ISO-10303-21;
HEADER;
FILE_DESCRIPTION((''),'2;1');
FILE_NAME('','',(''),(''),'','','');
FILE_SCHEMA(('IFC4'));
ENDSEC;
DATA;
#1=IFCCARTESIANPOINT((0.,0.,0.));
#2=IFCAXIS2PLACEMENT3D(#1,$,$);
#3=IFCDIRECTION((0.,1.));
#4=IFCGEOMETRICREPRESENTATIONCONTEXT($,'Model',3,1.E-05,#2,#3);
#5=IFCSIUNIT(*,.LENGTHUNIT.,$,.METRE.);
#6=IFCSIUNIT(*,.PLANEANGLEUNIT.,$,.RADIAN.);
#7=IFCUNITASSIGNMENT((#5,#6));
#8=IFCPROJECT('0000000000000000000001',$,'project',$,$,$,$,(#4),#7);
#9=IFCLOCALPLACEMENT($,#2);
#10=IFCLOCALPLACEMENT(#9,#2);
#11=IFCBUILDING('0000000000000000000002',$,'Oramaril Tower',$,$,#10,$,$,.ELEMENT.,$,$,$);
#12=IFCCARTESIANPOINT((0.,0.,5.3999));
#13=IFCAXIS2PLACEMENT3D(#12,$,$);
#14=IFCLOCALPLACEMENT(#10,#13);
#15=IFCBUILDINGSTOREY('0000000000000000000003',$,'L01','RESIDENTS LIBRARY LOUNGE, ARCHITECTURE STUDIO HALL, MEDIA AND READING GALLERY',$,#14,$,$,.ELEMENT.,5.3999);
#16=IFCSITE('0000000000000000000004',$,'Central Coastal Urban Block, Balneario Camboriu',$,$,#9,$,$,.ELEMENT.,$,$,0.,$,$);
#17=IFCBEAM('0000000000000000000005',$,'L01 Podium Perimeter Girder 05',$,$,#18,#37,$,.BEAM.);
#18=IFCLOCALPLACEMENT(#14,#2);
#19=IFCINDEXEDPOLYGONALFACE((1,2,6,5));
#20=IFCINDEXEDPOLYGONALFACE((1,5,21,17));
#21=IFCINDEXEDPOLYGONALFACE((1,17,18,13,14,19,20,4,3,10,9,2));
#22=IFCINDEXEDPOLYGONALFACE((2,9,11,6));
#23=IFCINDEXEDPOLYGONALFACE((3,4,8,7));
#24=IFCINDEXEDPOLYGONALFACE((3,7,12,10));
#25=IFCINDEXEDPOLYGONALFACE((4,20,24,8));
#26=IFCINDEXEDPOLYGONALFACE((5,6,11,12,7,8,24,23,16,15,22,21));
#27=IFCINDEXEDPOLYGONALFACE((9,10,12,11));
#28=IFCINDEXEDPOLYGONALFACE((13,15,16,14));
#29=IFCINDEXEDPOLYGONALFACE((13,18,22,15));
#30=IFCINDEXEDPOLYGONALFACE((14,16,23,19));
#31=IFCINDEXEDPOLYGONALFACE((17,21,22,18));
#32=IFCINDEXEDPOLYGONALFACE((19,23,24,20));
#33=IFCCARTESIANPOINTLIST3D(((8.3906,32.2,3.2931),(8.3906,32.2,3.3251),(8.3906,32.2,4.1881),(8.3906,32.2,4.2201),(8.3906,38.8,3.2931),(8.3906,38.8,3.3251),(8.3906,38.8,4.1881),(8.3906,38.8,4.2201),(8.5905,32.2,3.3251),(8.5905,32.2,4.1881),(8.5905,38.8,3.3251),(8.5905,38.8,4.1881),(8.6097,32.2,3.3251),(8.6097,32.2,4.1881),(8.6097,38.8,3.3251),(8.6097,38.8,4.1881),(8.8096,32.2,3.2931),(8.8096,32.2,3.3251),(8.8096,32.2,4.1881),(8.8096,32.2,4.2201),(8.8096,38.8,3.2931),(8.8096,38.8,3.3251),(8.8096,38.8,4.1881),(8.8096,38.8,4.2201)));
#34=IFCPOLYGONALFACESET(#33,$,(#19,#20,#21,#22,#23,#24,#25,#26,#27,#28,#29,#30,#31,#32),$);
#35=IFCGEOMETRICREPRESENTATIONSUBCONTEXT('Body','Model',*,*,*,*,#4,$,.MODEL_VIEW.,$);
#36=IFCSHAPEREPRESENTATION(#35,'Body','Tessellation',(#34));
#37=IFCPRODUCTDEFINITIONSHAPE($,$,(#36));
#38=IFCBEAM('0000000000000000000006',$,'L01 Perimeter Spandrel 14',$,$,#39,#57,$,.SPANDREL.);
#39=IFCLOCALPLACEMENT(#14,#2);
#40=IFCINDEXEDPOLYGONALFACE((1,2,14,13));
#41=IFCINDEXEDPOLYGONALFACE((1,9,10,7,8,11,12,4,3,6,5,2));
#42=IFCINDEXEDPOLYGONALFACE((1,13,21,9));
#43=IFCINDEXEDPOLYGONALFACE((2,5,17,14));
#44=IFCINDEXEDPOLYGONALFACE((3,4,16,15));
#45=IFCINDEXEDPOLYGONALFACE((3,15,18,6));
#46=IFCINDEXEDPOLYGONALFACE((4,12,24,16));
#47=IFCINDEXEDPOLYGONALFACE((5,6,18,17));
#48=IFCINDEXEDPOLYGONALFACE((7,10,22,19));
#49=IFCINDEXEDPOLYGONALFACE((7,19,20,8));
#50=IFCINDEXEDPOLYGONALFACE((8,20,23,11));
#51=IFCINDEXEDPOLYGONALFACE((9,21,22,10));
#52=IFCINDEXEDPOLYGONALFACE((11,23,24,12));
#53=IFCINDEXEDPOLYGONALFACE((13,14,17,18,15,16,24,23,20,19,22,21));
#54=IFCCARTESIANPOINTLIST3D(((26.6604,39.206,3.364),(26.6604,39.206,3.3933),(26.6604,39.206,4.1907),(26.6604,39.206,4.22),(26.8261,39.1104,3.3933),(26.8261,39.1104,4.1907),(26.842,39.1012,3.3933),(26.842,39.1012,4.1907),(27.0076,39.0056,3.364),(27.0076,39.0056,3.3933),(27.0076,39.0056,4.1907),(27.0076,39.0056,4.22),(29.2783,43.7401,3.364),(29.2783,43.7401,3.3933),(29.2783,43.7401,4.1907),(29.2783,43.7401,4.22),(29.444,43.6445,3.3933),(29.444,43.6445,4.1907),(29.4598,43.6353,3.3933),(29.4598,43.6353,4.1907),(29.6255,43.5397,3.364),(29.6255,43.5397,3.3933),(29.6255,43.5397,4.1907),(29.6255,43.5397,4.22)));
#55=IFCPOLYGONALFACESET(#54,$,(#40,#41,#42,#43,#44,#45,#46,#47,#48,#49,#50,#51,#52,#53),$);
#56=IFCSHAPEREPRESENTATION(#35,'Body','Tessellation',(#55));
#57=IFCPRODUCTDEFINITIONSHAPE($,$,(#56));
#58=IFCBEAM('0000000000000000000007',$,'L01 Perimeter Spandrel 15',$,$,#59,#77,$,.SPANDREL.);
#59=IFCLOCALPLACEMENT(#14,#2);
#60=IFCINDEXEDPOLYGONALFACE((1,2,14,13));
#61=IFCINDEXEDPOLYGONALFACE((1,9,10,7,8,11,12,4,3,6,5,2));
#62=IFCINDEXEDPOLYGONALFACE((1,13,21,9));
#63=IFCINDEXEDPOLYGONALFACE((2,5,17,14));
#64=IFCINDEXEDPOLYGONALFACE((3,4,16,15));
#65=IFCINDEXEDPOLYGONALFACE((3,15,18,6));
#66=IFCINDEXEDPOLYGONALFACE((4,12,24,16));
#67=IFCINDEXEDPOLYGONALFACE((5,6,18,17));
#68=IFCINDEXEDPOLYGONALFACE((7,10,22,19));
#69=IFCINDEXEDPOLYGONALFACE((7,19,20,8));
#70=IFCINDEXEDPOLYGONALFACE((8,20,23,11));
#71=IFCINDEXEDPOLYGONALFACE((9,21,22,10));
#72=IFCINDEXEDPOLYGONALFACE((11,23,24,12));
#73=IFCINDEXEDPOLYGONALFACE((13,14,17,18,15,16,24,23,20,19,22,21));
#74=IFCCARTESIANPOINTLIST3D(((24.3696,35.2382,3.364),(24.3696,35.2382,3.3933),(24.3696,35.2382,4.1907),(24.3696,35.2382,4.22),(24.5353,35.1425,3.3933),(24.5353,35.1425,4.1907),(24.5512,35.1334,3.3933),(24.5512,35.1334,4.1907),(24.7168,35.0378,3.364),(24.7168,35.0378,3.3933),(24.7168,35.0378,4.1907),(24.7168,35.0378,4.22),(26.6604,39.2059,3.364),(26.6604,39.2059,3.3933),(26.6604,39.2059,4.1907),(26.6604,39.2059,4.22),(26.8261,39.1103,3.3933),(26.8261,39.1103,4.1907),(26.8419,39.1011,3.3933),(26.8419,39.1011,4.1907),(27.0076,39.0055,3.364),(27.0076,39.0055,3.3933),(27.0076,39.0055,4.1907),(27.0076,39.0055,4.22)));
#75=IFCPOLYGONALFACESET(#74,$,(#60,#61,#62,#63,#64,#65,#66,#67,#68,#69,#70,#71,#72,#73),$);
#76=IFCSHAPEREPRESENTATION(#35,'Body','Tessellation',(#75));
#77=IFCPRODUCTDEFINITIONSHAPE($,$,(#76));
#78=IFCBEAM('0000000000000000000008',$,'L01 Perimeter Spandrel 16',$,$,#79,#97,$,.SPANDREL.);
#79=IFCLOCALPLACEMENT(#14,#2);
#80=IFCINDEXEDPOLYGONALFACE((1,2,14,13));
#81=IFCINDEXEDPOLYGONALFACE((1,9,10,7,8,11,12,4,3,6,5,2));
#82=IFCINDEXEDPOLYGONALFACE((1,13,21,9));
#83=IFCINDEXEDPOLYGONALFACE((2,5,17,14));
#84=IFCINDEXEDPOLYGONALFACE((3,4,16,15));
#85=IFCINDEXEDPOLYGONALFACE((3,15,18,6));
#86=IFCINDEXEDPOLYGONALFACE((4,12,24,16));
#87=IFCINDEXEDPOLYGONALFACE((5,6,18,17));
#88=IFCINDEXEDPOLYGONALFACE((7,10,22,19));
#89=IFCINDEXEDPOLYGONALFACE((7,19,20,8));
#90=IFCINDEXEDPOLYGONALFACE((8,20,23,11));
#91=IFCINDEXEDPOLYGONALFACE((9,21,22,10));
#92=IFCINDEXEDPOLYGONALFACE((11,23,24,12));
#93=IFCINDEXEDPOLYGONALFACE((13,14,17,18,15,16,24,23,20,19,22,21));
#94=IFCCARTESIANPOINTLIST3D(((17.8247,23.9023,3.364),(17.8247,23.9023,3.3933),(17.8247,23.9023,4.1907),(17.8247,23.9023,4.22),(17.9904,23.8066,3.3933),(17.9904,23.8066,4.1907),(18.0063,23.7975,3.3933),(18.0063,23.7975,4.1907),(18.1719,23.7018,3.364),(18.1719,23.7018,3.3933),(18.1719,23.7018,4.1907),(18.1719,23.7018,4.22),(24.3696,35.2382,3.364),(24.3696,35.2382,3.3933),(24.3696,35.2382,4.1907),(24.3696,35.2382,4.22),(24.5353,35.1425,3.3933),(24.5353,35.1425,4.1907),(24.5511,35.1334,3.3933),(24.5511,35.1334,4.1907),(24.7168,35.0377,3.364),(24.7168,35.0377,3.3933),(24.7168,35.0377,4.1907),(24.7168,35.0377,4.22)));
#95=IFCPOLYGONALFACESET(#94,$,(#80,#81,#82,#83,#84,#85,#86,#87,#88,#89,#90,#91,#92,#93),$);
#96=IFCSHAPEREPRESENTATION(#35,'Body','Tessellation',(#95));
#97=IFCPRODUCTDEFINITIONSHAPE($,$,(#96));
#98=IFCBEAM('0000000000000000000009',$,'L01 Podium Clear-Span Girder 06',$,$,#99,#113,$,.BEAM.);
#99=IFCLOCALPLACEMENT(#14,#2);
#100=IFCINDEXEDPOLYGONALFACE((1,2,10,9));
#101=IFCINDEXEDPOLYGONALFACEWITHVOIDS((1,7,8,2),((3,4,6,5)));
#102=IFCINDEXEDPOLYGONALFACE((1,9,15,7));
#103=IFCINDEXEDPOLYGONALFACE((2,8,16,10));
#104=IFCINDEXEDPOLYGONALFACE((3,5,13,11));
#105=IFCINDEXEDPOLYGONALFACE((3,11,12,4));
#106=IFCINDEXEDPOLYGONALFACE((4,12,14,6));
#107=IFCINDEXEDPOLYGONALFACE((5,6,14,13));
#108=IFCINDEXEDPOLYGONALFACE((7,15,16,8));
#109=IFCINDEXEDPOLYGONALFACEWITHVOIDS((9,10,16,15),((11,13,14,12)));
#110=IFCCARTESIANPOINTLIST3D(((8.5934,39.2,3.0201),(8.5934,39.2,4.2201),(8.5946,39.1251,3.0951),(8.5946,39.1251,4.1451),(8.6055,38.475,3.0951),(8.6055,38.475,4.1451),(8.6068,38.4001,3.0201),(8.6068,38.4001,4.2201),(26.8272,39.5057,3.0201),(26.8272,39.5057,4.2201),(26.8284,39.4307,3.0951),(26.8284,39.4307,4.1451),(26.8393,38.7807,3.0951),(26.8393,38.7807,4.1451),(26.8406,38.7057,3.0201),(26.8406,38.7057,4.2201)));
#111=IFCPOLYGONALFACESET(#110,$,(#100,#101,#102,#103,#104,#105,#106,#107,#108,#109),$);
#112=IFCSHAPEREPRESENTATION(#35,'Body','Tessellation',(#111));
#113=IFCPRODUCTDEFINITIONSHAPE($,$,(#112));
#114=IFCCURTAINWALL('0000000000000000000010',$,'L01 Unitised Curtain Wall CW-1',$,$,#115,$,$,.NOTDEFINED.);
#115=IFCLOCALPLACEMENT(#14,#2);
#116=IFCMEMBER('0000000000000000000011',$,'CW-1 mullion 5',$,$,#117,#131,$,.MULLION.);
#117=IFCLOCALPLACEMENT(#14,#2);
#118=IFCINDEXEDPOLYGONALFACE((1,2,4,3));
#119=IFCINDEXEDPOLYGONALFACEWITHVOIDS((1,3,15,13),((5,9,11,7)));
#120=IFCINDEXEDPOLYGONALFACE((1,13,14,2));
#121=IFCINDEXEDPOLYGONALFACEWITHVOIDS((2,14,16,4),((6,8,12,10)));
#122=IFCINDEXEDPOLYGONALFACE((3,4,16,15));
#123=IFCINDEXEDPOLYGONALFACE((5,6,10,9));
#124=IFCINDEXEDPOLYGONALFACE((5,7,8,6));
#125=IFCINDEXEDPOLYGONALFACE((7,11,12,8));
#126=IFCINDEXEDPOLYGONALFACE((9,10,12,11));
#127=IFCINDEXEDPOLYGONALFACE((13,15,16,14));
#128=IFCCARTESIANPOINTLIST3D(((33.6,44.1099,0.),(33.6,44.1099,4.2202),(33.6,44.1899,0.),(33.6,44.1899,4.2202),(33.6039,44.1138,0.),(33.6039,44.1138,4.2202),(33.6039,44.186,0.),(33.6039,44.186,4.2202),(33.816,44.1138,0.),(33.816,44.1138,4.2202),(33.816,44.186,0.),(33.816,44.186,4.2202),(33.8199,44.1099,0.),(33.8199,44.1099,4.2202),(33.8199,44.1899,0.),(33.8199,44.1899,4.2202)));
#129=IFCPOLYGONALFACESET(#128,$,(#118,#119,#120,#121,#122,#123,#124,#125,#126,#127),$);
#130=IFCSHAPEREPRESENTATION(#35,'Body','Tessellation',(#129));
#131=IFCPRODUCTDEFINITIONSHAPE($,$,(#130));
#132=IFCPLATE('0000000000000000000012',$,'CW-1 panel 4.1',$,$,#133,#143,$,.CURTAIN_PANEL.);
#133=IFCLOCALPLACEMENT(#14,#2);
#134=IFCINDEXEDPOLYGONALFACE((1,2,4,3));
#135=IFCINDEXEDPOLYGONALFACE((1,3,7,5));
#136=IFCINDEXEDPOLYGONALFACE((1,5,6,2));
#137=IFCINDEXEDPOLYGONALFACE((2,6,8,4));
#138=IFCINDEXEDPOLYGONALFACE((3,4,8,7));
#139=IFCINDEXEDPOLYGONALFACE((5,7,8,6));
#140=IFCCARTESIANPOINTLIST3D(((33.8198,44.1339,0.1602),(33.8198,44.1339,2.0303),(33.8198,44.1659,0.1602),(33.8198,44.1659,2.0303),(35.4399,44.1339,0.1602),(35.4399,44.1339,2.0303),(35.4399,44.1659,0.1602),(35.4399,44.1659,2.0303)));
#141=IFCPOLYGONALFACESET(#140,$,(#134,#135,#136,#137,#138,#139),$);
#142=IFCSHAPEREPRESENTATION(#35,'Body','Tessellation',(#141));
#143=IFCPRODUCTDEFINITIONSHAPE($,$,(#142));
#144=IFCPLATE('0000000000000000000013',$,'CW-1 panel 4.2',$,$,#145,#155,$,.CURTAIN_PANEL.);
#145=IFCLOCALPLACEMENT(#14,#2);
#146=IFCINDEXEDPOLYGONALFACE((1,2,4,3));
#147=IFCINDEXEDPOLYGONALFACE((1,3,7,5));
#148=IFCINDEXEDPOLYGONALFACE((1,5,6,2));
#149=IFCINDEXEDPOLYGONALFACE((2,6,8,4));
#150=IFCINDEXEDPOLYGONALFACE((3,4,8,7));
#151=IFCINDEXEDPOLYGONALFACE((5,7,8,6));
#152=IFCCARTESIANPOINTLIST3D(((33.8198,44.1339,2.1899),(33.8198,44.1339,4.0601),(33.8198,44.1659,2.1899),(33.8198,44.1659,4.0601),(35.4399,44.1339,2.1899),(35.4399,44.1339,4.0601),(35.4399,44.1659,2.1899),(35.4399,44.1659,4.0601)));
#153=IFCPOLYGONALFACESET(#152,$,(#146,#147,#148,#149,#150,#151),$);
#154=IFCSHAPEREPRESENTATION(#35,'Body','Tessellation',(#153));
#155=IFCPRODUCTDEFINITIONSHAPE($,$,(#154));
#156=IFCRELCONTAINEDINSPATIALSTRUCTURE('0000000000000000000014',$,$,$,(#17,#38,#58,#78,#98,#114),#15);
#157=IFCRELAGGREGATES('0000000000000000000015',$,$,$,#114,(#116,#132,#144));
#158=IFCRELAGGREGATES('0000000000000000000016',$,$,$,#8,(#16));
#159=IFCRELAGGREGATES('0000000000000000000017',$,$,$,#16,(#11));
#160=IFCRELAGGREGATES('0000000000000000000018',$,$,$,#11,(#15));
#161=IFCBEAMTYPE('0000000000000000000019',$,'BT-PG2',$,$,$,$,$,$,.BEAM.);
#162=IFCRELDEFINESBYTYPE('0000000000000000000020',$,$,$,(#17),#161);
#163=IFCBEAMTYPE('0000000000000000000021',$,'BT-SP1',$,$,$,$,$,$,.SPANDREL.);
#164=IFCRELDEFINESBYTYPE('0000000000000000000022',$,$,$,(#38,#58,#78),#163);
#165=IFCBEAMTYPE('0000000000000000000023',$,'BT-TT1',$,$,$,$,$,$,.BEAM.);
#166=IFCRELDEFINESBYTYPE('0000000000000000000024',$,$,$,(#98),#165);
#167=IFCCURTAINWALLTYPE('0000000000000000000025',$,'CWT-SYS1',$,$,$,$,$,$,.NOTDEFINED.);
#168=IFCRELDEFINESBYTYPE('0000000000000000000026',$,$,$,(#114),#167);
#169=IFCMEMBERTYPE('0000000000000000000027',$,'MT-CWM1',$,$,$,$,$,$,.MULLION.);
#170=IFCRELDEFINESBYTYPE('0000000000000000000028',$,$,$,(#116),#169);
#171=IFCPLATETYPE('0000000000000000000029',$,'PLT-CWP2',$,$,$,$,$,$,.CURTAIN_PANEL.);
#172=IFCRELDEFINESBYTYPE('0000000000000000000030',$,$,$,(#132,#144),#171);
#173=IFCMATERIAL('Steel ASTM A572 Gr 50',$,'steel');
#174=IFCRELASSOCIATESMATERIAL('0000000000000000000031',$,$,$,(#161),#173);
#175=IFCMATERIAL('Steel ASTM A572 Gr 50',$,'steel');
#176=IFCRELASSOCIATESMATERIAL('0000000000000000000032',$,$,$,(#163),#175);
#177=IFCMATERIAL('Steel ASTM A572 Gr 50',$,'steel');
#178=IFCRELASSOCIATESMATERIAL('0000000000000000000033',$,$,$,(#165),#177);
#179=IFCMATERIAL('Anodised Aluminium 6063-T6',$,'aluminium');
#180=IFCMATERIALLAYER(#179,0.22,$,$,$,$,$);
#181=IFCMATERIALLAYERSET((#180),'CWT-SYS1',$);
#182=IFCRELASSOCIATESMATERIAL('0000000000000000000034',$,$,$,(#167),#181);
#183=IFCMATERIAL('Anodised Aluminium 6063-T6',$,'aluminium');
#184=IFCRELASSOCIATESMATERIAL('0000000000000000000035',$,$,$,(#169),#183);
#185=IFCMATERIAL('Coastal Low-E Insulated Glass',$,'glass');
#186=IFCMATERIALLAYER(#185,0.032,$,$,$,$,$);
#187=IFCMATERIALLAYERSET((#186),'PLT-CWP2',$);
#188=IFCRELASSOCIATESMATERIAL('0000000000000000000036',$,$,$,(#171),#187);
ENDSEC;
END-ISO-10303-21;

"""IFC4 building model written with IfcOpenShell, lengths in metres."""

from ifc_helpers import new_model, si_unit, direction, frame, origin, origin_2d, place, context, subcontext, project, spatial, rectangle, hollow_rectangle, i_section, extrude, material, layer, layer_set, material_profile, profile_set, type_object, element, aggregate, save


model = new_model("IFC4")

# Units and contexts
model_context = context("Model", 3, precision=1e-05, world=origin(), true_north=direction((0.0, 1.0)))
body_context = subcontext(model_context, "Body", "Model", "MODEL_VIEW")
ifc_project = project(units=[si_unit("LENGTHUNIT", "METRE"), si_unit("PLANEANGLEUNIT", "RADIAN")], contexts=[model_context])

# Site, building, storey
site_placement = place(None, origin())
site = spatial("IfcSite", under=ifc_project, at=site_placement, Name="Central Coastal Urban Block, Balneario Camboriu", CompositionType="ELEMENT", RefElevation=0.0)
building_placement = place(site_placement, origin())
building = spatial("IfcBuilding", under=site, at=building_placement, Name="Oramaril Tower", CompositionType="ELEMENT")
storey_placement = place(building_placement, frame((0.0, 0.0, 5.3999)))
storey = spatial("IfcBuildingStorey", under=building, at=storey_placement, Name="L01", Description="RESIDENTS LIBRARY LOUNGE, ARCHITECTURE STUDIO HALL, MEDIA AND READING GALLERY", CompositionType="ELEMENT", Elevation=5.3999)

# Beams
ifc_material_1 = material(Name="Steel ASTM A572 Gr 50", Category="steel")
ifc_material_profile_1 = material_profile(ifc_material_1, i_section(OverallWidth=0.4189, OverallDepth=0.927, WebThickness=0.0193, FlangeThickness=0.032, at=origin_2d()), Name="W36X231")
ifc_profile_set_1 = profile_set([ifc_material_profile_1], Name="Steel ASTM A572 Gr 50")
beam_type_1 = type_object("IfcBeamType", Name="BT-PG2", PredefinedType="BEAM", material=ifc_profile_set_1)
beam_1_placement = place(storey_placement, frame((8.6001, 32.2, 3.7566), z_axis=(0.0, 1.0, 0.0), x_axis=(-1.0, 0.0, 0.0)))
element("IfcBeam", 1, at=beam_1_placement, inside=storey, type_object=beam_type_1, Name="L01 Podium Perimeter Girder 05", PredefinedType="BEAM", context=body_context, shape_type="SweptSolid", body=[
    extrude(i_section(OverallWidth=0.4189, OverallDepth=0.927, WebThickness=0.0193, FlangeThickness=0.032, at=origin_2d()), origin(), (0.0, 0.0, 1.0), 6.6001),
])
ifc_material_2 = material(Name="Steel ASTM A572 Gr 50", Category="steel")
ifc_material_profile_2 = material_profile(ifc_material_2, i_section(OverallWidth=0.4009, OverallDepth=0.856, WebThickness=0.0183, FlangeThickness=0.0293, at=origin_2d()), Name="W33X201")
ifc_profile_set_2 = profile_set([ifc_material_profile_2], Name="Steel ASTM A572 Gr 50")
beam_type_2 = type_object("IfcBeamType", Name="BT-SP1", PredefinedType="SPANDREL", material=ifc_profile_set_2)
beam_2_placement = place(storey_placement, frame((29.4519, 43.6399, 3.792), z_axis=(-0.500016, -0.866016, 0.0), x_axis=(0.866016, -0.500016, 0.0)))
element("IfcBeam", 2, at=beam_2_placement, inside=storey, type_object=beam_type_2, Name="L01 Perimeter Spandrel 14", PredefinedType="SPANDREL", context=body_context, shape_type="SweptSolid", body=[
    extrude(i_section(OverallWidth=0.4009, OverallDepth=0.856, WebThickness=0.0183, FlangeThickness=0.0293, at=origin_2d()), origin(), (0.0, 0.0, 1.0), 5.2356),
])
beam_3_placement = place(storey_placement, frame((26.834, 39.1057, 3.792), z_axis=(-0.499996, -0.866028, 0.0), x_axis=(0.866028, -0.499996, 0.0)))
element("IfcBeam", 3, at=beam_3_placement, inside=storey, type_object=beam_type_2, Name="L01 Perimeter Spandrel 15", PredefinedType="SPANDREL", context=body_context, shape_type="SweptSolid", body=[
    extrude(i_section(OverallWidth=0.4009, OverallDepth=0.856, WebThickness=0.0183, FlangeThickness=0.0293, at=origin_2d()), origin(), (0.0, 0.0, 1.0), 4.5815),
])
beam_4_placement = place(storey_placement, frame((24.5432, 35.1379, 3.792), z_axis=(-0.500007, -0.866022, 0.0), x_axis=(0.866022, -0.500007, 0.0)))
element("IfcBeam", 4, at=beam_4_placement, inside=storey, type_object=beam_type_2, Name="L01 Perimeter Spandrel 16", PredefinedType="SPANDREL", context=body_context, shape_type="SweptSolid", body=[
    extrude(i_section(OverallWidth=0.4009, OverallDepth=0.856, WebThickness=0.0183, FlangeThickness=0.0293, at=origin_2d()), origin(), (0.0, 0.0, 1.0), 13.0896),
])
ifc_material_3 = material(Name="Steel ASTM A572 Gr 50", Category="steel")
ifc_material_profile_3 = material_profile(ifc_material_3, hollow_rectangle(XDim=0.8, YDim=1.2, WallThickness=0.075, at=origin_2d()), Name="BOX1200X800X75")
ifc_profile_set_3 = profile_set([ifc_material_profile_3], Name="Steel ASTM A572 Gr 50")
beam_type_3 = type_object("IfcBeamType", Name="BT-TT1", PredefinedType="BEAM", material=ifc_profile_set_3)
beam_5_placement = place(storey_placement, frame((8.6001, 38.8, 3.6201), z_axis=(0.99986, 0.016761, 0.0), x_axis=(-0.016761, 0.99986, 0.0)))
element("IfcBeam", 5, at=beam_5_placement, inside=storey, type_object=beam_type_3, Name="L01 Podium Clear-Span Girder 06", PredefinedType="BEAM", context=body_context, shape_type="SweptSolid", body=[
    extrude(hollow_rectangle(XDim=0.8, YDim=1.2, WallThickness=0.075, at=origin_2d()), origin(), (0.0, 0.0, 1.0), 18.2363),
])

# Curtain wall, member, plates
ifc_material_4 = material(Name="Anodised Aluminium 6063-T6", Category="aluminium")
ifc_layer_1 = layer(ifc_material_4, 0.22)
ifc_layer_set_1 = layer_set([ifc_layer_1], Name="CWT-SYS1")
curtain_wall_type = type_object("IfcCurtainWallType", Name="CWT-SYS1", PredefinedType="NOTDEFINED", material=ifc_layer_set_1)
curtain_wall_placement = place(storey_placement, origin())
curtain_wall = element("IfcCurtainWall", 6, at=curtain_wall_placement, inside=storey, type_object=curtain_wall_type, Name="L01 Unitised Curtain Wall CW-1", PredefinedType="NOTDEFINED")
ifc_material_5 = material(Name="Anodised Aluminium 6063-T6", Category="aluminium")
ifc_material_profile_4 = material_profile(ifc_material_5, hollow_rectangle(XDim=0.0801, YDim=0.22, WallThickness=0.0039, at=origin_2d()), Name="CWM220X80")
ifc_profile_set_4 = profile_set([ifc_material_profile_4], Name="Anodised Aluminium 6063-T6")
member_type = type_object("IfcMemberType", Name="MT-CWM1", PredefinedType="MULLION", material=ifc_profile_set_4)
member_placement = place(storey_placement, frame((33.71, 44.1499, 0.0), z_axis=(0.0, 0.0, 1.0), x_axis=(0.0, -1.0, 0.0)))
member = element("IfcMember", 7, at=member_placement, type_object=member_type, Name="CW-1 mullion 5", PredefinedType="MULLION", context=body_context, shape_type="SweptSolid", body=[
    extrude(hollow_rectangle(XDim=0.0801, YDim=0.22, WallThickness=0.0039, at=origin_2d()), origin(), (0.0, 0.0, 1.0), 4.2202),
])
ifc_material_6 = material(Name="Coastal Low-E Insulated Glass", Category="glass")
ifc_layer_2 = layer(ifc_material_6, 0.032)
ifc_layer_set_2 = layer_set([ifc_layer_2], Name="PLT-CWP2")
plate_type = type_object("IfcPlateType", Name="PLT-CWP2", PredefinedType="CURTAIN_PANEL", material=ifc_layer_set_2)
plate_1_placement = place(storey_placement, frame((34.6299, 44.1499, 0.1602), z_axis=(0.0, 0.0, 1.0), x_axis=(-1.0, 0.0, 0.0)))
plate_1 = element("IfcPlate", 8, at=plate_1_placement, type_object=plate_type, Name="CW-1 panel 4.1", PredefinedType="CURTAIN_PANEL", context=body_context, shape_type="SweptSolid", body=[
    extrude(rectangle(XDim=1.6201, YDim=0.032, at=origin_2d()), origin(), (0.0, 0.0, 1.0), 1.8701),
])
plate_2_placement = place(storey_placement, frame((34.6299, 44.1499, 2.1899), z_axis=(0.0, 0.0, 1.0), x_axis=(-1.0, 0.0, 0.0)))
plate_2 = element("IfcPlate", 9, at=plate_2_placement, type_object=plate_type, Name="CW-1 panel 4.2", PredefinedType="CURTAIN_PANEL", context=body_context, shape_type="SweptSolid", body=[
    extrude(rectangle(XDim=1.6201, YDim=0.032, at=origin_2d()), origin(), (0.0, 0.0, 1.0), 1.8701),
])
aggregate(curtain_wall, [member, plate_1, plate_2])

save(model, "model.ifc")
